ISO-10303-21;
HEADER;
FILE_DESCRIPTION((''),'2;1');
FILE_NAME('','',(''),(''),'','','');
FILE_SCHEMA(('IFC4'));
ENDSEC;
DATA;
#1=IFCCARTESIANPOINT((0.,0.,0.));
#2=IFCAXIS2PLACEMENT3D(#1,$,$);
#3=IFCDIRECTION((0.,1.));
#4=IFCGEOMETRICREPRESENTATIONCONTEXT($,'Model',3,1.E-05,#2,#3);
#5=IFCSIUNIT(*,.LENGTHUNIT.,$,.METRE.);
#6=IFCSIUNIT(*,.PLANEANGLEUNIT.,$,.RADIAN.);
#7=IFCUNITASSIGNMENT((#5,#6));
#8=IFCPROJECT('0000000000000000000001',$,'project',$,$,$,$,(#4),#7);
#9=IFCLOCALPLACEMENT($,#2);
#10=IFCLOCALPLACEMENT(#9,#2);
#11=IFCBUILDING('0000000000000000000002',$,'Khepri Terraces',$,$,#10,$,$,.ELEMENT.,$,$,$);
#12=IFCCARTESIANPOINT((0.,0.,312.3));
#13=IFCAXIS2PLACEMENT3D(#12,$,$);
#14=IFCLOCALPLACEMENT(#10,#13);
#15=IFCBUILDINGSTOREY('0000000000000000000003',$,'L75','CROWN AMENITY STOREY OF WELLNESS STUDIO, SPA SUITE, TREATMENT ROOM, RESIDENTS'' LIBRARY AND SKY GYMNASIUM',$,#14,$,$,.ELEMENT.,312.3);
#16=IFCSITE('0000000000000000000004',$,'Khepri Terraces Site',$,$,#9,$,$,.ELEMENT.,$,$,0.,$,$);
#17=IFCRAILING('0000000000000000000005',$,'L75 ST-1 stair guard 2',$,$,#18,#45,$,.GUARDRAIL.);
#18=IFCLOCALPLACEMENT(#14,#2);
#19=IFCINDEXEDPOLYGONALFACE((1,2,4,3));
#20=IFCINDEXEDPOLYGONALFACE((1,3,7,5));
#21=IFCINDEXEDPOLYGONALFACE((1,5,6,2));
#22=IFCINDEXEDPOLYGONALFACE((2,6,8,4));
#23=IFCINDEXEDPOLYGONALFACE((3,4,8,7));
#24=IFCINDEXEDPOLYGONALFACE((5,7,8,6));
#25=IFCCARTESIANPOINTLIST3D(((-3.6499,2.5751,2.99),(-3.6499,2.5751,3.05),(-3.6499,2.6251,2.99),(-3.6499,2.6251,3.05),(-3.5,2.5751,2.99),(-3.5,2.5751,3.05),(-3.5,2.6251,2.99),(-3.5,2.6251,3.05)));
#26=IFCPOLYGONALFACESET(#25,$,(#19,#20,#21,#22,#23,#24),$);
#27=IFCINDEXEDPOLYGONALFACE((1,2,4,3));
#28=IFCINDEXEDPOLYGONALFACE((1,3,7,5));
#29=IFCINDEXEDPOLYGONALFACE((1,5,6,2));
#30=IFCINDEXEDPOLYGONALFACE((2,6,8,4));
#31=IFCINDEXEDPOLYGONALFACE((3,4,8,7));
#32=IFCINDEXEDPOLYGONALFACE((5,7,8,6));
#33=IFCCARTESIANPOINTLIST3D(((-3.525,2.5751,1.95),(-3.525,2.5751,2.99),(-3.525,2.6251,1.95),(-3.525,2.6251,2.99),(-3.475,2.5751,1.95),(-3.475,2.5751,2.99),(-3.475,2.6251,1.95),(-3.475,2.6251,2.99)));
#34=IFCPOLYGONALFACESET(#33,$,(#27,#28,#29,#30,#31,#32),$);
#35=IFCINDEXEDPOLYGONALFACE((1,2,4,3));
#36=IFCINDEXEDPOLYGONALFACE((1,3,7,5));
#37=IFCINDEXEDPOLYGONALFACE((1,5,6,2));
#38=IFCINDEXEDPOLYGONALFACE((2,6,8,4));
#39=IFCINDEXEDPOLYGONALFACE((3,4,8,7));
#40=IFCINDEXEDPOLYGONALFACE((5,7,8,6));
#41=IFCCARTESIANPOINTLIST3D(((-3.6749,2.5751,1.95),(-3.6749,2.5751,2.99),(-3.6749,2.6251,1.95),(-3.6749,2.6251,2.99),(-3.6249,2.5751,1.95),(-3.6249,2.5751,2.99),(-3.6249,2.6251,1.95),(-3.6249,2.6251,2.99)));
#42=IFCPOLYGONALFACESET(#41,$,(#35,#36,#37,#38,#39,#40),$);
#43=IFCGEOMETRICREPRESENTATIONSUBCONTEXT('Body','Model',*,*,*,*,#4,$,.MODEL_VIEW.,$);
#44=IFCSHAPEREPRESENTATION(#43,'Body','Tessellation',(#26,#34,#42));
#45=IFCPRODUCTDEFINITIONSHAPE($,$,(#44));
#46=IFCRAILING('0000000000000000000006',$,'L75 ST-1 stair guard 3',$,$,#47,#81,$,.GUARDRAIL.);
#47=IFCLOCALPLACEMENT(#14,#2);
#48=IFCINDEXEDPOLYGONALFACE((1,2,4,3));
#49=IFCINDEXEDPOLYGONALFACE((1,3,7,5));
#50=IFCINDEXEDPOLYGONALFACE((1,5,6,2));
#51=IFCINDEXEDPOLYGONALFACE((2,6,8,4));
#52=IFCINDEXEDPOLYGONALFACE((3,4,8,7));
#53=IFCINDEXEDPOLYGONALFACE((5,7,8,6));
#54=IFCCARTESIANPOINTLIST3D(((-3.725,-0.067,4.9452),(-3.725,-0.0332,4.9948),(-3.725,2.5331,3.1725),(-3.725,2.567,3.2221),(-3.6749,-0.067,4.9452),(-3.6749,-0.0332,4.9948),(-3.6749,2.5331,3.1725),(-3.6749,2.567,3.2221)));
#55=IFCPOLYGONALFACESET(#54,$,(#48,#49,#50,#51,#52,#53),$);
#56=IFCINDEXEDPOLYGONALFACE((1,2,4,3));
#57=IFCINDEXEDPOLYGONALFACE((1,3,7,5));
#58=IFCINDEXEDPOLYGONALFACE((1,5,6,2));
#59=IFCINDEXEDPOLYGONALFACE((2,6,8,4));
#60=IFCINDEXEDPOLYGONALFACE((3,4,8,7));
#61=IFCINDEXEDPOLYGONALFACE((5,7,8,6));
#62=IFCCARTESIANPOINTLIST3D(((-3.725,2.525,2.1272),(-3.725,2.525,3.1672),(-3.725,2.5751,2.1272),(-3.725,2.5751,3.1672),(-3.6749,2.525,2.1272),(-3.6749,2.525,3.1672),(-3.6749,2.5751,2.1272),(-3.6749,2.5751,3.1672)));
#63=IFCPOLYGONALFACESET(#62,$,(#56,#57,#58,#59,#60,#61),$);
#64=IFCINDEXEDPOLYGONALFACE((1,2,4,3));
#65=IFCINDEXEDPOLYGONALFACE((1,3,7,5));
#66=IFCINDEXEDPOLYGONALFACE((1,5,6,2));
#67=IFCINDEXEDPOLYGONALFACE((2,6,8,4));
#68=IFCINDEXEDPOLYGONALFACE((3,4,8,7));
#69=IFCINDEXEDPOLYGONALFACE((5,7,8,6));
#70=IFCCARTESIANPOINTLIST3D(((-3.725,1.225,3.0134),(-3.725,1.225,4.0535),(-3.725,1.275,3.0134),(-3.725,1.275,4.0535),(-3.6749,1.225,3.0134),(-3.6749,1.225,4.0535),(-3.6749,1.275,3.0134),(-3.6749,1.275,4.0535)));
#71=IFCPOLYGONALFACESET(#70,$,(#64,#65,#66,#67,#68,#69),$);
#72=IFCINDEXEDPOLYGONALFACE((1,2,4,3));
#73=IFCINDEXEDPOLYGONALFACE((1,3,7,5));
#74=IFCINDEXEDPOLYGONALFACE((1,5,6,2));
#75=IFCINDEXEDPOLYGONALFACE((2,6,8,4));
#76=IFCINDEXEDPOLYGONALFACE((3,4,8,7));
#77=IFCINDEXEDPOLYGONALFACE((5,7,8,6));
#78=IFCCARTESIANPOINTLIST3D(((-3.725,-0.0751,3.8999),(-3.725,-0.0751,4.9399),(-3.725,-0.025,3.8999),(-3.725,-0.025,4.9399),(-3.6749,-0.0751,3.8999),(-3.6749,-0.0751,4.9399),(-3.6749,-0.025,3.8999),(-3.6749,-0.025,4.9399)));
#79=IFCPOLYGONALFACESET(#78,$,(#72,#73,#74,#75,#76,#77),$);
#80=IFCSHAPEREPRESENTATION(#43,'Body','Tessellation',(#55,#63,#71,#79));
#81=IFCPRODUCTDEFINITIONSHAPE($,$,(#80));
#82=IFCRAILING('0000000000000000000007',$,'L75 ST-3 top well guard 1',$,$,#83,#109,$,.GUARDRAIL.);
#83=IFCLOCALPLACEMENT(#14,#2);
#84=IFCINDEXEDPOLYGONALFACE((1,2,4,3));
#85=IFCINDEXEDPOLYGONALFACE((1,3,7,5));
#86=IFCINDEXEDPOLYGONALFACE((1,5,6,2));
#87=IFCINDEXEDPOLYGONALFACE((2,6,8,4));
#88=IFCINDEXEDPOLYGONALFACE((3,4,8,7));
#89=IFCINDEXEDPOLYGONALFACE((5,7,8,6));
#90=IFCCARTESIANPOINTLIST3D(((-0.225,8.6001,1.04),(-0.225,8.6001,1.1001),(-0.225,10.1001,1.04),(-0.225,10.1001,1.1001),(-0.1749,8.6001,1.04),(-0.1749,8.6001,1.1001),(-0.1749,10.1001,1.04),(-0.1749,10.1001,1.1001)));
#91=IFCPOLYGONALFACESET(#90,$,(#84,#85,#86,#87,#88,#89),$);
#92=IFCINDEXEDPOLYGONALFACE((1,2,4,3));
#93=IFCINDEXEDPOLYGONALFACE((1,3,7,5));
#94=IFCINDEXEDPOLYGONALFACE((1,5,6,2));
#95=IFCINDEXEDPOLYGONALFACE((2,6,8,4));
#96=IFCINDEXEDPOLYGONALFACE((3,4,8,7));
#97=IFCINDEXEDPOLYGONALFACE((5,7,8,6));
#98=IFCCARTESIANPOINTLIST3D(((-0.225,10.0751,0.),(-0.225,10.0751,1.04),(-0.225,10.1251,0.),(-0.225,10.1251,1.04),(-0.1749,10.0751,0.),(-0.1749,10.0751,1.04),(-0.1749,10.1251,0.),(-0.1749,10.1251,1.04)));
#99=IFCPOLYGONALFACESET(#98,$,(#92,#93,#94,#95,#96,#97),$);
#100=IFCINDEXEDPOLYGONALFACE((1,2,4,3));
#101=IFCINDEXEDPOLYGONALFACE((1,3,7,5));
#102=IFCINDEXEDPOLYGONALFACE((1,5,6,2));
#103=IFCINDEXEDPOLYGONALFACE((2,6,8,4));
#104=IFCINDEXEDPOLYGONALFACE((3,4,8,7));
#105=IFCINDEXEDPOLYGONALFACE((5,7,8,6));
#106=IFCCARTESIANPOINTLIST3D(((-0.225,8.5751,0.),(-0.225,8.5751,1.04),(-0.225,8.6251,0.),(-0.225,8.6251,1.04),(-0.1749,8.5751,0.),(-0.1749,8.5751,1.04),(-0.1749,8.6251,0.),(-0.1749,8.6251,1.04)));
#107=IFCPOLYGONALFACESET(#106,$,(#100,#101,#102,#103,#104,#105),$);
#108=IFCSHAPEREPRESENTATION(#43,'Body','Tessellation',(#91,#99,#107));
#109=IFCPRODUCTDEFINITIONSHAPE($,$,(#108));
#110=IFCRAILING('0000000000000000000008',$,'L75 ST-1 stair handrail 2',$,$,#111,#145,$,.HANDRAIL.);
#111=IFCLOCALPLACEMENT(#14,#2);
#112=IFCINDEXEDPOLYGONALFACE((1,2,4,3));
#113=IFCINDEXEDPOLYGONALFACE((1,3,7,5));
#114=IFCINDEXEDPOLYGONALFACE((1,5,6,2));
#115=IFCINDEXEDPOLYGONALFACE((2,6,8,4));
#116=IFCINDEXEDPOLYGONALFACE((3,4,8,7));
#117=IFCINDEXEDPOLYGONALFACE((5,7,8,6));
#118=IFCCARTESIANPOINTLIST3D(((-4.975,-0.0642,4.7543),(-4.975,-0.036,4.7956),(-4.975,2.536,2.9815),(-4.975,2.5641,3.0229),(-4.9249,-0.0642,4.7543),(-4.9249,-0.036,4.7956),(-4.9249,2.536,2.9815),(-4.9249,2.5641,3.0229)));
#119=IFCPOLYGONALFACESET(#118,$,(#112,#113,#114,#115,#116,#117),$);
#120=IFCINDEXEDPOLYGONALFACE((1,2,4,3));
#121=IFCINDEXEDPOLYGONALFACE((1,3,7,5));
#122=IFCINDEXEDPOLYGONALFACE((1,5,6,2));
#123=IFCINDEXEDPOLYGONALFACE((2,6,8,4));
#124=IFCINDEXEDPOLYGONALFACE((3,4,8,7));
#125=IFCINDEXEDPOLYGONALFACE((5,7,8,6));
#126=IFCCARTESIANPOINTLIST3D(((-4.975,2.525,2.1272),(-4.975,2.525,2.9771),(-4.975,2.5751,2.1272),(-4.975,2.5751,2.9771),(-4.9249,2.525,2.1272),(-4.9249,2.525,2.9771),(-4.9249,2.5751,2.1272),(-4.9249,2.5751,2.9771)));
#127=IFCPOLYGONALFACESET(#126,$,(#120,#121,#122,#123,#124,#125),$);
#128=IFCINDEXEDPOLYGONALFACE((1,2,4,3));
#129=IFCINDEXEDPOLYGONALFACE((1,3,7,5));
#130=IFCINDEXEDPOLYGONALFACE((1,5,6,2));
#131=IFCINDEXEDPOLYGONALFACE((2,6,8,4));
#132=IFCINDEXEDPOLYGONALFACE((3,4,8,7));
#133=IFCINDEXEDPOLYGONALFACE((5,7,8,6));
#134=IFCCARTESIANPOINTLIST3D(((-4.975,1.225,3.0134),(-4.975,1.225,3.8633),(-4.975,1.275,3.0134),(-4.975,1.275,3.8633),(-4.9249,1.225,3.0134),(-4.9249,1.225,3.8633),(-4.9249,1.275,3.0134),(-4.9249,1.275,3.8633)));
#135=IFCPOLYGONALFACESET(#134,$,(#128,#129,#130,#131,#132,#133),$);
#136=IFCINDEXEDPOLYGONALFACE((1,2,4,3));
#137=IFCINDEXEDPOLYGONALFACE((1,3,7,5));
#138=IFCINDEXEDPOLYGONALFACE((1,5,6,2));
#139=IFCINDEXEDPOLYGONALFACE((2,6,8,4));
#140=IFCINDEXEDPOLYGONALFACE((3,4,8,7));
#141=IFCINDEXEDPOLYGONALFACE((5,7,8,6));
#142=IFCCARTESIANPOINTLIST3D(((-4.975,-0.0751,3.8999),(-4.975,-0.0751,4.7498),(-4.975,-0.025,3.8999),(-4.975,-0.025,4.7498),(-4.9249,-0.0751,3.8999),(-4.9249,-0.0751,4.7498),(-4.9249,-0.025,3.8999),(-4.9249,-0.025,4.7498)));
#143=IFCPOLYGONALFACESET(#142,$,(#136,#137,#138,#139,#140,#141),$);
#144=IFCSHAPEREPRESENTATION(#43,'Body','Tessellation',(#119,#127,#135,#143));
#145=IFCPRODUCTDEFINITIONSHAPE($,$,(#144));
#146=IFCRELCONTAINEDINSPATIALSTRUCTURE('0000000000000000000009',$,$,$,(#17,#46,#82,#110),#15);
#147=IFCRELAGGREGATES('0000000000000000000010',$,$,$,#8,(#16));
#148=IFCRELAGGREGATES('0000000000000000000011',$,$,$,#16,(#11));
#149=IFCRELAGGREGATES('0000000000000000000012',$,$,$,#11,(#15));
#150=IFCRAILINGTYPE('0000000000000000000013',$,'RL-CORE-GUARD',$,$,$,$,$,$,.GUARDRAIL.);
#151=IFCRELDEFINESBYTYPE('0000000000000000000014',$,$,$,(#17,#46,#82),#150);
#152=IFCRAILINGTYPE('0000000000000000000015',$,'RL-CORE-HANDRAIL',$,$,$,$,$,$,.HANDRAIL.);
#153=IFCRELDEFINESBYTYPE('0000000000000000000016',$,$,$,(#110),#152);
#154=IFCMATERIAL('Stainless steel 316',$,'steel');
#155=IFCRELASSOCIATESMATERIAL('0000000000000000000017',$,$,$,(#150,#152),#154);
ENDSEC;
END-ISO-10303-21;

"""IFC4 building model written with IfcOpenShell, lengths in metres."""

from ifc_helpers import new_model, si_unit, direction, frame, origin, origin_2d, place, context, subcontext, project, spatial, rectangle, extrude, material, type_object, element, save


model = new_model("IFC4")

# Units and contexts
model_context = context("Model", 3, precision=1e-05, world=origin(), true_north=direction((0.0, 1.0)))
body_context = subcontext(model_context, "Body", "Model", "MODEL_VIEW")
ifc_project = project(units=[si_unit("LENGTHUNIT", "METRE"), si_unit("PLANEANGLEUNIT", "RADIAN")], contexts=[model_context])

# Site, building, storey
site_placement = place(None, origin())
site = spatial("IfcSite", under=ifc_project, at=site_placement, Name="Khepri Terraces Site", CompositionType="ELEMENT", RefElevation=0.0)
building_placement = place(site_placement, origin())
building = spatial("IfcBuilding", under=site, at=building_placement, Name="Khepri Terraces", CompositionType="ELEMENT")
storey_placement = place(building_placement, frame((0.0, 0.0, 312.3)))
storey = spatial("IfcBuildingStorey", under=building, at=storey_placement, Name="L75", Description="CROWN AMENITY STOREY OF WELLNESS STUDIO, SPA SUITE, TREATMENT ROOM, RESIDENTS' LIBRARY AND SKY GYMNASIUM", CompositionType="ELEMENT", Elevation=312.3)

# Railings
ifc_material_1 = material(Name="Stainless steel 316", Category="steel")
railing_type_1 = type_object("IfcRailingType", Name="RL-CORE-GUARD", PredefinedType="GUARDRAIL", material=ifc_material_1)
railing_1_placement = place(storey_placement, frame((-3.5, 2.6001, 1.95)))
element("IfcRailing", 1, at=railing_1_placement, inside=storey, type_object=railing_type_1, Name="L75 ST-1 stair guard 2", PredefinedType="GUARDRAIL", context=body_context, shape_type="SweptSolid", body=[
    extrude(rectangle(XDim=0.05, YDim=0.0601, at=origin_2d()), frame((0.0, 0.0, 1.0701), z_axis=(-1.0, 0.0, 0.0), x_axis=(0.0, -1.0, 0.0)), (0.0, 0.0, 1.0), 0.1499),
    extrude(rectangle(XDim=0.05, YDim=0.05, at=origin_2d()), origin(), (0.0, 0.0, 1.0), 1.04),
    extrude(rectangle(XDim=0.05, YDim=0.05, at=origin_2d()), frame((-0.1499, 0.0, 0.0)), (0.0, 0.0, 1.0), 1.04),
])
railing_2_placement = place(storey_placement, frame((-3.7, 2.55, 2.1272)))
element("IfcRailing", 2, at=railing_2_placement, inside=storey, type_object=railing_type_1, Name="L75 ST-1 stair guard 3", PredefinedType="GUARDRAIL", context=body_context, shape_type="SweptSolid", body=[
    extrude(rectangle(XDim=0.05, YDim=0.0601, at=origin_2d()), frame((0.0, 0.0, 1.0701), z_axis=(0.0, -0.82624, 0.563318), x_axis=(1.0, 0.0, 0.0)), (0.0, 0.0, 1.0), 3.147),
    extrude(rectangle(XDim=0.05, YDim=0.05, at=origin_2d()), origin(), (0.0, 0.0, 1.0), 1.04),
    extrude(rectangle(XDim=0.05, YDim=0.05, at=origin_2d()), frame((0.0, -1.3, 0.8862)), (0.0, 0.0, 1.0), 1.04),
    extrude(rectangle(XDim=0.05, YDim=0.05, at=origin_2d()), frame((0.0, -2.6001, 1.7727)), (0.0, 0.0, 1.0), 1.04),
])
railing_3_placement = place(storey_placement, frame((-0.2, 10.1001, 0.0)))
element("IfcRailing", 3, at=railing_3_placement, inside=storey, type_object=railing_type_1, Name="L75 ST-3 top well guard 1", PredefinedType="GUARDRAIL", context=body_context, shape_type="SweptSolid", body=[
    extrude(rectangle(XDim=0.05, YDim=0.0601, at=origin_2d()), frame((0.0, 0.0, 1.0701), z_axis=(0.0, -1.0, 0.0), x_axis=(1.0, 0.0, 0.0)), (0.0, 0.0, 1.0), 1.5),
    extrude(rectangle(XDim=0.05, YDim=0.05, at=origin_2d()), origin(), (0.0, 0.0, 1.0), 1.04),
    extrude(rectangle(XDim=0.05, YDim=0.05, at=origin_2d()), frame((0.0, -1.5, 0.0)), (0.0, 0.0, 1.0), 1.04),
])
railing_type_2 = type_object("IfcRailingType", Name="RL-CORE-HANDRAIL", PredefinedType="HANDRAIL", material=ifc_material_1)
railing_4_placement = place(storey_placement, frame((-4.95, 2.55, 2.1272)))
element("IfcRailing", 4, at=railing_4_placement, inside=storey, type_object=railing_type_2, Name="L75 ST-1 stair handrail 2", PredefinedType="HANDRAIL", context=body_context, shape_type="SweptSolid", body=[
    extrude(rectangle(XDim=0.05, YDim=0.05, at=origin_2d()), frame((0.0, 0.0, 0.875), z_axis=(0.0, -0.82624, 0.563318), x_axis=(1.0, 0.0, 0.0)), (0.0, 0.0, 1.0), 3.147),
    extrude(rectangle(XDim=0.05, YDim=0.05, at=origin_2d()), origin(), (0.0, 0.0, 1.0), 0.8499),
    extrude(rectangle(XDim=0.05, YDim=0.05, at=origin_2d()), frame((0.0, -1.3, 0.8862)), (0.0, 0.0, 1.0), 0.8499),
    extrude(rectangle(XDim=0.05, YDim=0.05, at=origin_2d()), frame((0.0, -2.6001, 1.7727)), (0.0, 0.0, 1.0), 0.8499),
])

save(model, "model.ifc")
